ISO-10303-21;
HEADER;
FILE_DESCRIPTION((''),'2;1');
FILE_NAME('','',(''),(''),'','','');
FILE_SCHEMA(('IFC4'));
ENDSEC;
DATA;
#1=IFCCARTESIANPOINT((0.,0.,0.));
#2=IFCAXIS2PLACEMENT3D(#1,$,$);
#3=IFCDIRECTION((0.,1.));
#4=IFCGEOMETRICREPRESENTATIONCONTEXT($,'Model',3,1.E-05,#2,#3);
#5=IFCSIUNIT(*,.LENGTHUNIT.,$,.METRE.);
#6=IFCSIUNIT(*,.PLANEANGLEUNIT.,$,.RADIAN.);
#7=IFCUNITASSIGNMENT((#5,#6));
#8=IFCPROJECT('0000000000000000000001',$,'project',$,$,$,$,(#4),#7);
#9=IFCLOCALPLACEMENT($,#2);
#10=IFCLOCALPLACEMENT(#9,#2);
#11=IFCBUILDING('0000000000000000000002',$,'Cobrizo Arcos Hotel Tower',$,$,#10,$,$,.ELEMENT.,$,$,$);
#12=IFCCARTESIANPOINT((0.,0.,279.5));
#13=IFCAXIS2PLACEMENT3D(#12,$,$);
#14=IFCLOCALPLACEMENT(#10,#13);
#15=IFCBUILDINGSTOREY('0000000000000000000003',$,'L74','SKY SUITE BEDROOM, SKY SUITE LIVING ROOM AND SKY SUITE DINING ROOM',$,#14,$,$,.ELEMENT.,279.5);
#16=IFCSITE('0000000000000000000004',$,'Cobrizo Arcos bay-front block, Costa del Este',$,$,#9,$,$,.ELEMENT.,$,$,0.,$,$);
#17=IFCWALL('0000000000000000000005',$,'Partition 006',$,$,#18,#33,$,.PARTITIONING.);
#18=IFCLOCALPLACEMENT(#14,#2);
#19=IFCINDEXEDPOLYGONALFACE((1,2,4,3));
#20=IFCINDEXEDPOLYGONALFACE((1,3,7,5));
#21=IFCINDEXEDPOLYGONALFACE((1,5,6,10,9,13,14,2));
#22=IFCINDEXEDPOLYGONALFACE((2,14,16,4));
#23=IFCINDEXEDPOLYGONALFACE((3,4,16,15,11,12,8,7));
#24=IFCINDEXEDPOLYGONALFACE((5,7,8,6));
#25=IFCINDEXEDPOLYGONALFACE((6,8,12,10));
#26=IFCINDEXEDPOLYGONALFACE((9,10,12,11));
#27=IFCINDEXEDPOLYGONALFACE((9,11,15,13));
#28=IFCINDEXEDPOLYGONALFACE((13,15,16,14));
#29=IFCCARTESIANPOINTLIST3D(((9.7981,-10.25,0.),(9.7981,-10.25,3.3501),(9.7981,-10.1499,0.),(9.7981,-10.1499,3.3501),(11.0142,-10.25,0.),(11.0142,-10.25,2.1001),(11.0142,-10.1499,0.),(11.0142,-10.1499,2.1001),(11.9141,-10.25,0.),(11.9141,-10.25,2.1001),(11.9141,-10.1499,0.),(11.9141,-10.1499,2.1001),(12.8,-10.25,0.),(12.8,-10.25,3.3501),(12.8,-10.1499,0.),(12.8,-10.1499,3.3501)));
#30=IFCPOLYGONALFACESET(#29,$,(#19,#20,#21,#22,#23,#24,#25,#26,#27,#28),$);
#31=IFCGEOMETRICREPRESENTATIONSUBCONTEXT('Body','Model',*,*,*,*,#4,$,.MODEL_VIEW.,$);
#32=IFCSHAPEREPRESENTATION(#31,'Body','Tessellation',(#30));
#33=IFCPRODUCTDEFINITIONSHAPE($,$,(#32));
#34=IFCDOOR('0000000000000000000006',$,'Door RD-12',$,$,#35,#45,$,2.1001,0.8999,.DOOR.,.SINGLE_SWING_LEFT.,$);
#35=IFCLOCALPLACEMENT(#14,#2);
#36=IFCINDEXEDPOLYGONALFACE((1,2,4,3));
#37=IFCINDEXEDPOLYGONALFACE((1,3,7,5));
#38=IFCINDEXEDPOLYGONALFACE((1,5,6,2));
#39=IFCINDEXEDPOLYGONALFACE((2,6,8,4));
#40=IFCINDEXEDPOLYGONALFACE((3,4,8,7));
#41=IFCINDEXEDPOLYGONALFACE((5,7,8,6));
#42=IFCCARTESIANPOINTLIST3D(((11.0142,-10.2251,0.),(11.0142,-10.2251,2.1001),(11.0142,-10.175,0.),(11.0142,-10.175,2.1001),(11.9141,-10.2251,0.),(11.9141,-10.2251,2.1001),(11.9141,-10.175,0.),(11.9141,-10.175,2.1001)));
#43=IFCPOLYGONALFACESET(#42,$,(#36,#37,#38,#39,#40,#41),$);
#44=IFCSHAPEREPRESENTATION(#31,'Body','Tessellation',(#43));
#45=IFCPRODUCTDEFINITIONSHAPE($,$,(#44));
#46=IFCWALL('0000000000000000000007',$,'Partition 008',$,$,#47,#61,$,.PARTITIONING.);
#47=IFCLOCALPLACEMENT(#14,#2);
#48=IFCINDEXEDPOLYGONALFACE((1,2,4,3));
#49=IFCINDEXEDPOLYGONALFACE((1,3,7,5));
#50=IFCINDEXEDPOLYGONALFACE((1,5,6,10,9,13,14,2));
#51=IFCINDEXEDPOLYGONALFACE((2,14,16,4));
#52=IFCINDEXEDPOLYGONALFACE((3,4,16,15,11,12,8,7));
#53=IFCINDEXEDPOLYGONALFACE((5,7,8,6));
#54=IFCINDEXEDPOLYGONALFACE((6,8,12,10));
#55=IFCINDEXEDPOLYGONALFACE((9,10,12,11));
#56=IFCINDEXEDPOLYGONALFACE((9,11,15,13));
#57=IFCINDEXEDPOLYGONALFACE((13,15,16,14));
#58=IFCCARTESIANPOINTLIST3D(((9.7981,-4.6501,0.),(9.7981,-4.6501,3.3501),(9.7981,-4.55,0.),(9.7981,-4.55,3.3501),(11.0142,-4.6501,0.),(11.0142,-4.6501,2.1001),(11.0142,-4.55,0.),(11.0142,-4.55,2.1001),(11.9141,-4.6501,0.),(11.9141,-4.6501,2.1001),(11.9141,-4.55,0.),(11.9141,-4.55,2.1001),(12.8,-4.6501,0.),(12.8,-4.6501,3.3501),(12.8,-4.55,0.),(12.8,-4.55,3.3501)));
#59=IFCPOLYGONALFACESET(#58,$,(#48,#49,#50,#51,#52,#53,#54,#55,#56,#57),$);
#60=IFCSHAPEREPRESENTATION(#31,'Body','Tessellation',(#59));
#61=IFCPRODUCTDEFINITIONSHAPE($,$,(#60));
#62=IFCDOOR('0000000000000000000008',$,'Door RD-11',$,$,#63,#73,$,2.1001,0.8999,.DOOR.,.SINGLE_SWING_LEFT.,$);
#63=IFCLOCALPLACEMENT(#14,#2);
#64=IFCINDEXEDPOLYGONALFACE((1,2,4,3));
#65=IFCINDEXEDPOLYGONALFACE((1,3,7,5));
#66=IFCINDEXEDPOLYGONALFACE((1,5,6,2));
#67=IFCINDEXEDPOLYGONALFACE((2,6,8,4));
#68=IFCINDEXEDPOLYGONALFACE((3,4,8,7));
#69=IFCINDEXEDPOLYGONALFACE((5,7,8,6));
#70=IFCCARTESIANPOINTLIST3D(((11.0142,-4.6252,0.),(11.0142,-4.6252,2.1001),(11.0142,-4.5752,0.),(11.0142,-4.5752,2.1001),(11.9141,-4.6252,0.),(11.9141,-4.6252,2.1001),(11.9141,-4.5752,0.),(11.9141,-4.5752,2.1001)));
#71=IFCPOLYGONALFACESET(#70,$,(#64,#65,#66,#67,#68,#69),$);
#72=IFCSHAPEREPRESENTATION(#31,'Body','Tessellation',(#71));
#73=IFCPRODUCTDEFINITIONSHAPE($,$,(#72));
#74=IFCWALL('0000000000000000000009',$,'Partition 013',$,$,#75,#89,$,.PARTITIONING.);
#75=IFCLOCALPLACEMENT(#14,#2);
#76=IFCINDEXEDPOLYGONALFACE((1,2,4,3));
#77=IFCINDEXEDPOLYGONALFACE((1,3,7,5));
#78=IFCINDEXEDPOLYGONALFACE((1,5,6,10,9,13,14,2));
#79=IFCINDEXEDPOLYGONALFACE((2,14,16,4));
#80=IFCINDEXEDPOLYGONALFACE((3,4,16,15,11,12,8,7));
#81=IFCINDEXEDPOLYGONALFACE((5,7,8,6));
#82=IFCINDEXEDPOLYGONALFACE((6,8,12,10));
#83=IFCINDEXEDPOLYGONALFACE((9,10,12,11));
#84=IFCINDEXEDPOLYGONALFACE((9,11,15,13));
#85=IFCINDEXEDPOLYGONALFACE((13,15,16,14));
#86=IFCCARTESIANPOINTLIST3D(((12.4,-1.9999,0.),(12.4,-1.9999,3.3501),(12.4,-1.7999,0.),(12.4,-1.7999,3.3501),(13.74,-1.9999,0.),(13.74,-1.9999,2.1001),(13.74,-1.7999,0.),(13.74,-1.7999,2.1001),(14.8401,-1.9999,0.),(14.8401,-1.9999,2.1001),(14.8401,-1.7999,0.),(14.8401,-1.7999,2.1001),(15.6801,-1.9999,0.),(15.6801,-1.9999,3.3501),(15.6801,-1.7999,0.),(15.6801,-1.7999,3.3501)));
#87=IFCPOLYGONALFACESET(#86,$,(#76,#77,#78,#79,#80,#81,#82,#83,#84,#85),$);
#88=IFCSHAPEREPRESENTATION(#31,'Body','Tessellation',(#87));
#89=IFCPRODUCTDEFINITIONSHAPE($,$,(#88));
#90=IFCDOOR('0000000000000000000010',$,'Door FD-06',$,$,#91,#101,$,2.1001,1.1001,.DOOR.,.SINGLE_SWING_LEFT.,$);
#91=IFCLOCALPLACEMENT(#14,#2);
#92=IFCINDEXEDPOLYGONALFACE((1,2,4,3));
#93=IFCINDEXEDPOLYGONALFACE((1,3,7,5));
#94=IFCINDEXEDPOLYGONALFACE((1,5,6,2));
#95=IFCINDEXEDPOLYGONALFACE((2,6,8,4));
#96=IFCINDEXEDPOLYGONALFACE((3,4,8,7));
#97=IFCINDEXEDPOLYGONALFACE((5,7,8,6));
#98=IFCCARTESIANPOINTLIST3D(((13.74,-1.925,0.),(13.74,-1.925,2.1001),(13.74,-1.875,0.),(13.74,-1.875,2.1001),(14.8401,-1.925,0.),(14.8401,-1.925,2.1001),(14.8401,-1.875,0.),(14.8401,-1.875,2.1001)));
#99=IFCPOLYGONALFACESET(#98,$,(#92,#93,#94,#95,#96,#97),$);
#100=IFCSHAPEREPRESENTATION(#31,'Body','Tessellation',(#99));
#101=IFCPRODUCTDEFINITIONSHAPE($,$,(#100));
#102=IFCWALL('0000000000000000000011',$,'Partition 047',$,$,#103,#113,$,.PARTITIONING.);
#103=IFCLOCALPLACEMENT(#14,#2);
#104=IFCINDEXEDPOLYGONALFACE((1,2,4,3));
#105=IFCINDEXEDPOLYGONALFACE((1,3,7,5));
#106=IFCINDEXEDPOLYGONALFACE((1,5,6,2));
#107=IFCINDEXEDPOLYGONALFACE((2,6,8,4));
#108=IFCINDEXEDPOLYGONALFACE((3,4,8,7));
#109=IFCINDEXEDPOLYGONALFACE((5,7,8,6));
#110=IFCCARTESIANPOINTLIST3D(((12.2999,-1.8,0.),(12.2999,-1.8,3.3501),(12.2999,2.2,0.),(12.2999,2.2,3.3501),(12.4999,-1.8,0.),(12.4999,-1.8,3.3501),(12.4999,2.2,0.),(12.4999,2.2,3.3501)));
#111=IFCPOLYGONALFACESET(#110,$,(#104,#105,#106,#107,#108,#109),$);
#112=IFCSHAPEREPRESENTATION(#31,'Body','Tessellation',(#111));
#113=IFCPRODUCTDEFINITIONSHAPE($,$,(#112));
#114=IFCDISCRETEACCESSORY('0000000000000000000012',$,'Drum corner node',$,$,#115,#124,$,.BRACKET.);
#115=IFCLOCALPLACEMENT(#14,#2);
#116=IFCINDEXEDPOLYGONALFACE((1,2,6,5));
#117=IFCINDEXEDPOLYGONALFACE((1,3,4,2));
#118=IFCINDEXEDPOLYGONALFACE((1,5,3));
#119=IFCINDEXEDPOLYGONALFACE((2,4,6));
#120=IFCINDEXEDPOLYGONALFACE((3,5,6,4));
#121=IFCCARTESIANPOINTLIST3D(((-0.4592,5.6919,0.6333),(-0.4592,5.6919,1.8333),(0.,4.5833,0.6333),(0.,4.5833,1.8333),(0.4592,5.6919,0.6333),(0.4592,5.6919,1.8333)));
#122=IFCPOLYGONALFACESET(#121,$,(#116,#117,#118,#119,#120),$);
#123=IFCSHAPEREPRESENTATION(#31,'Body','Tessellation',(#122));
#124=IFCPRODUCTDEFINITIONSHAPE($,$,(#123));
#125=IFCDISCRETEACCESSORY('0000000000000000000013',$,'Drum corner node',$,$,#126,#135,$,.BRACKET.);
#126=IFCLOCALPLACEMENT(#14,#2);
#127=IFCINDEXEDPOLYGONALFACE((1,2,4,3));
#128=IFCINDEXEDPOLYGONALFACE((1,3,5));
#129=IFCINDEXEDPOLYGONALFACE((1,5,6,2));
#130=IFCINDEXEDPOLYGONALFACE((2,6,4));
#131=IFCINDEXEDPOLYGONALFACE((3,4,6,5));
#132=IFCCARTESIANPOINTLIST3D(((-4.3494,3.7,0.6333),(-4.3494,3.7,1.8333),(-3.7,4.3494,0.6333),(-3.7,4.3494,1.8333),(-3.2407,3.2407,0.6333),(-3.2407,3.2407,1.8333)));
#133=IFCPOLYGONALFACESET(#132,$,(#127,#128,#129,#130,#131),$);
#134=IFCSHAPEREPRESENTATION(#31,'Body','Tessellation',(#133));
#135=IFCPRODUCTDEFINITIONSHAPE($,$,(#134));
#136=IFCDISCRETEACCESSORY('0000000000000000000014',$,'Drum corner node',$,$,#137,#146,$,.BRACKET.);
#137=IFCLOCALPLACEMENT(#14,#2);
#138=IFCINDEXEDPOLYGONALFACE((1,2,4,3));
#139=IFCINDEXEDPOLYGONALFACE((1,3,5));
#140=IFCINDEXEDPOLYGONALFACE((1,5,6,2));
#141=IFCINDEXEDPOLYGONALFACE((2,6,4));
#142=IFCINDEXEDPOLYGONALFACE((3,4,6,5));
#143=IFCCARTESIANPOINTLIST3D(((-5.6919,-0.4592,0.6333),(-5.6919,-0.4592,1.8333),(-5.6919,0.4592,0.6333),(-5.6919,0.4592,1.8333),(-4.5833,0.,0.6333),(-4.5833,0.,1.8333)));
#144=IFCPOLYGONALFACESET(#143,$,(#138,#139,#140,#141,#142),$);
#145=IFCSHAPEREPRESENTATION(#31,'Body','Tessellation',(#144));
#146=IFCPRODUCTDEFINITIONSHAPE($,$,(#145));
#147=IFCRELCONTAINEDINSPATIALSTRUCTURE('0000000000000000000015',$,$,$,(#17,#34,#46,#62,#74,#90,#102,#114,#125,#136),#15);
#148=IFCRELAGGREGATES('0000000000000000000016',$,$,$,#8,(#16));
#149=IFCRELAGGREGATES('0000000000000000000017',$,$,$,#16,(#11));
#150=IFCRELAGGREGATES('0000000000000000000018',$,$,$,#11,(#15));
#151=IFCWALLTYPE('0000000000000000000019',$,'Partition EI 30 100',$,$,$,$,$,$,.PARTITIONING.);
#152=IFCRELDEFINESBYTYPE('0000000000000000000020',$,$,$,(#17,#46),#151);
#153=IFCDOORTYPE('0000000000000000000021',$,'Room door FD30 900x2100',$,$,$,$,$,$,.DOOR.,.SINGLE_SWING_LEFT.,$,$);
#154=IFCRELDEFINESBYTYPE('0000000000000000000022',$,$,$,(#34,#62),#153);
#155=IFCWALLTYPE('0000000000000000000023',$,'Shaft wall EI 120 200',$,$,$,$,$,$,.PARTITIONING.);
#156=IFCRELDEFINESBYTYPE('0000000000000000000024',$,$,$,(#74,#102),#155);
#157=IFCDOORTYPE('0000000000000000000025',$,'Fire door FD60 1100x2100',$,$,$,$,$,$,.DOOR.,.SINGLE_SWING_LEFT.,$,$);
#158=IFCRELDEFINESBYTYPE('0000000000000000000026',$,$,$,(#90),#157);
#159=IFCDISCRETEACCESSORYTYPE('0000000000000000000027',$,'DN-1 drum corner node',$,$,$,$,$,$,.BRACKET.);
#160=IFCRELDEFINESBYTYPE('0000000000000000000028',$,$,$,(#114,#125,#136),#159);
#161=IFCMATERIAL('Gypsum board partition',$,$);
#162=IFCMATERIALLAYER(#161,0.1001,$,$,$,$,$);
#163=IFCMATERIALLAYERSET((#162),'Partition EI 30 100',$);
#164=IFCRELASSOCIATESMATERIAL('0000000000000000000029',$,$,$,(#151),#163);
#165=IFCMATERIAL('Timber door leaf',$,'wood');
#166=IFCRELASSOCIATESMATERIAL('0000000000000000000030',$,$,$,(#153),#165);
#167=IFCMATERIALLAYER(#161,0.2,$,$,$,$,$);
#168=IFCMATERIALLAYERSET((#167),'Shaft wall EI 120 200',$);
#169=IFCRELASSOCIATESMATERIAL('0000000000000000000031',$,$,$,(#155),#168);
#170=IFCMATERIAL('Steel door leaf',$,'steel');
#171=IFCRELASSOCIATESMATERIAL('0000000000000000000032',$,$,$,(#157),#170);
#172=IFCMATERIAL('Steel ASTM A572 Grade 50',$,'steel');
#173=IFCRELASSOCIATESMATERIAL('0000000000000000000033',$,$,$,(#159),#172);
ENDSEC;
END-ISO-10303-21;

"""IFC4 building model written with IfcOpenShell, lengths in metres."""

from ifc_helpers import new_model, si_unit, direction, frame, frame_2d, origin, place, context, subcontext, project, spatial, polyline, rectangle, outline, extrude, material, layer, layer_set, type_object, element, fill, save


model = new_model("IFC4")

# Units and contexts
model_context = context("Model", 3, precision=1e-05, world=origin(), true_north=direction((0.0, 1.0)))
body_context = subcontext(model_context, "Body", "Model", "MODEL_VIEW")
ifc_project = project(units=[si_unit("LENGTHUNIT", "METRE"), si_unit("PLANEANGLEUNIT", "RADIAN")], contexts=[model_context])

# Site, building, storey
site_placement = place(None, origin())
site = spatial("IfcSite", under=ifc_project, at=site_placement, Name="Cobrizo Arcos bay-front block, Costa del Este", CompositionType="ELEMENT", RefElevation=0.0)
building_placement = place(site_placement, origin())
building = spatial("IfcBuilding", under=site, at=building_placement, Name="Cobrizo Arcos Hotel Tower", CompositionType="ELEMENT")
storey_placement = place(building_placement, frame((0.0, 0.0, 279.5)))
storey = spatial("IfcBuildingStorey", under=building, at=storey_placement, Name="L74", Description="SKY SUITE BEDROOM, SKY SUITE LIVING ROOM AND SKY SUITE DINING ROOM", CompositionType="ELEMENT", Elevation=279.5)

# Shared definitions
ifc_material_1 = material(Name="Steel ASTM A572 Grade 50", Category="steel")

# Walls, openings, doors
ifc_material_2 = material(Name="Gypsum board partition")
ifc_layer_1 = layer(ifc_material_2, 0.1001)
ifc_layer_set_1 = layer_set([ifc_layer_1], Name="Partition EI 30 100")
wall_type_1 = type_object("IfcWallType", Name="Partition EI 30 100", PredefinedType="PARTITIONING", material=ifc_layer_set_1)
wall_1_placement = place(storey_placement, frame((9.7981, -10.2, 0.0), z_axis=(0.0, 0.0, 1.0), x_axis=(1.0, 0.0, 0.0)))
wall_1 = element("IfcWall", 1, at=wall_1_placement, inside=storey, type_object=wall_type_1, Name="Partition 006", PredefinedType="PARTITIONING", context=body_context, shape_type="SweptSolid", body=[
    extrude(rectangle(XDim=3.002, YDim=0.1001, at=frame_2d((1.501, 0.0))), origin(), (0.0, 0.0, 1.0), 3.3501),
])
opening_1_placement = place(wall_1_placement, frame((1.2161, 0.0, 0.0)))
opening_1 = element("IfcOpeningElement", 2, at=opening_1_placement, cuts=wall_1, PredefinedType="OPENING", context=body_context, shape_type="SweptSolid", body=[
    extrude(rectangle(XDim=0.8999, YDim=2.1001, at=frame_2d((0.45, 1.05))), frame((0.0, 0.062, 0.0), z_axis=(0.0, -1.0, 0.0), x_axis=(1.0, 0.0, 0.0)), (0.0, 0.0, 1.0), 0.124),
])
ifc_material_3 = material(Name="Timber door leaf", Category="wood")
door_type_1 = type_object("IfcDoorType", Name="Room door FD30 900x2100", OperationType="SINGLE_SWING_LEFT", PredefinedType="DOOR", material=ifc_material_3)
door_1_placement = place(opening_1_placement, origin())
door_1 = element("IfcDoor", 3, at=door_1_placement, inside=storey, type_object=door_type_1, Name="Door RD-12", OperationType="SINGLE_SWING_LEFT", OverallHeight=2.1001, OverallWidth=0.8999, PredefinedType="DOOR", context=body_context, shape_type="SweptSolid", body=[
    extrude(rectangle(XDim=0.8999, YDim=2.1001, at=frame_2d((0.45, 1.05))), frame((0.0, 0.0249, 0.0), z_axis=(0.0, -1.0, 0.0), x_axis=(1.0, 0.0, 0.0)), (0.0, 0.0, 1.0), 0.05),
])
fill(opening_1, door_1)
wall_2_placement = place(storey_placement, frame((9.7981, -4.6001, 0.0), z_axis=(0.0, 0.0, 1.0), x_axis=(1.0, 0.0, 0.0)))
wall_2 = element("IfcWall", 4, at=wall_2_placement, inside=storey, type_object=wall_type_1, Name="Partition 008", PredefinedType="PARTITIONING", context=body_context, shape_type="SweptSolid", body=[
    extrude(rectangle(XDim=3.002, YDim=0.1001, at=frame_2d((1.501, 0.0))), origin(), (0.0, 0.0, 1.0), 3.3501),
])
opening_2_placement = place(wall_2_placement, frame((1.2161, 0.0, 0.0)))
opening_2 = element("IfcOpeningElement", 5, at=opening_2_placement, cuts=wall_2, PredefinedType="OPENING", context=body_context, shape_type="SweptSolid", body=[
    extrude(rectangle(XDim=0.8999, YDim=2.1001, at=frame_2d((0.45, 1.05))), frame((0.0, 0.062, 0.0), z_axis=(0.0, -1.0, 0.0), x_axis=(1.0, 0.0, 0.0)), (0.0, 0.0, 1.0), 0.124),
])
door_2_placement = place(opening_2_placement, origin())
door_2 = element("IfcDoor", 6, at=door_2_placement, inside=storey, type_object=door_type_1, Name="Door RD-11", OperationType="SINGLE_SWING_LEFT", OverallHeight=2.1001, OverallWidth=0.8999, PredefinedType="DOOR", context=body_context, shape_type="SweptSolid", body=[
    extrude(rectangle(XDim=0.8999, YDim=2.1001, at=frame_2d((0.45, 1.05))), frame((0.0, 0.0249, 0.0), z_axis=(0.0, -1.0, 0.0), x_axis=(1.0, 0.0, 0.0)), (0.0, 0.0, 1.0), 0.05),
])
fill(opening_2, door_2)
ifc_layer_2 = layer(ifc_material_2, 0.2)
ifc_layer_set_2 = layer_set([ifc_layer_2], Name="Shaft wall EI 120 200")
wall_type_2 = type_object("IfcWallType", Name="Shaft wall EI 120 200", PredefinedType="PARTITIONING", material=ifc_layer_set_2)
wall_3_placement = place(storey_placement, frame((12.3999, -1.8999, 0.0), z_axis=(0.0, 0.0, 1.0), x_axis=(1.0, 0.0, 0.0)))
wall_3 = element("IfcWall", 7, at=wall_3_placement, inside=storey, type_object=wall_type_2, Name="Partition 013", PredefinedType="PARTITIONING", context=body_context, shape_type="SweptSolid", body=[
    extrude(rectangle(XDim=3.28, YDim=0.2, at=frame_2d((1.6401, 0.0))), origin(), (0.0, 0.0, 1.0), 3.3501),
])
opening_3_placement = place(wall_3_placement, frame((1.3401, 0.0, 0.0)))
opening_3 = element("IfcOpeningElement", 8, at=opening_3_placement, cuts=wall_3, PredefinedType="OPENING", context=body_context, shape_type="SweptSolid", body=[
    extrude(rectangle(XDim=1.1001, YDim=2.1001, at=frame_2d((0.55, 1.05))), frame((0.0, 0.1121, 0.0), z_axis=(0.0, -1.0, 0.0), x_axis=(1.0, 0.0, 0.0)), (0.0, 0.0, 1.0), 0.2239),
])
ifc_material_4 = material(Name="Steel door leaf", Category="steel")
door_type_2 = type_object("IfcDoorType", Name="Fire door FD60 1100x2100", OperationType="SINGLE_SWING_LEFT", PredefinedType="DOOR", material=ifc_material_4)
door_3_placement = place(opening_3_placement, origin())
door_3 = element("IfcDoor", 9, at=door_3_placement, inside=storey, type_object=door_type_2, Name="Door FD-06", OperationType="SINGLE_SWING_LEFT", OverallHeight=2.1001, OverallWidth=1.1001, PredefinedType="DOOR", context=body_context, shape_type="SweptSolid", body=[
    extrude(rectangle(XDim=1.1001, YDim=2.1001, at=frame_2d((0.55, 1.05))), frame((0.0, 0.0249, 0.0), z_axis=(0.0, -1.0, 0.0), x_axis=(1.0, 0.0, 0.0)), (0.0, 0.0, 1.0), 0.05),
])
fill(opening_3, door_3)

# Wall
wall_4_placement = place(storey_placement, frame((12.3999, -1.8, 0.0), z_axis=(0.0, 0.0, 1.0), x_axis=(0.0, 1.0, 0.0)))
element("IfcWall", 10, at=wall_4_placement, inside=storey, type_object=wall_type_2, Name="Partition 047", PredefinedType="PARTITIONING", context=body_context, shape_type="SweptSolid", body=[
    extrude(rectangle(XDim=4.0, YDim=0.2, at=frame_2d((2.0, 0.0))), origin(), (0.0, 0.0, 1.0), 3.3501),
])

# Discrete accessories
discrete_accessory_type = type_object("IfcDiscreteAccessoryType", Name="DN-1 drum corner node", PredefinedType="BRACKET", material=ifc_material_1)
discrete_accessory_1_placement = place(storey_placement, frame((0.0, 0.0, 0.6333)))
element("IfcDiscreteAccessory", 11, at=discrete_accessory_1_placement, inside=storey, type_object=discrete_accessory_type, Name="Drum corner node", PredefinedType="BRACKET", context=body_context, shape_type="SweptSolid", body=[
    extrude(outline(polyline([(0.0, 4.5833), (-0.4592, 5.6919), (0.4592, 5.6919), (0.0, 4.5833), (0.0, 4.5833)])), origin(), (0.0, 0.0, 1.0), 1.2),
])
discrete_accessory_2_placement = place(storey_placement, frame((0.0, 0.0, 0.6333)))
element("IfcDiscreteAccessory", 12, at=discrete_accessory_2_placement, inside=storey, type_object=discrete_accessory_type, Name="Drum corner node", PredefinedType="BRACKET", context=body_context, shape_type="SweptSolid", body=[
    extrude(outline(polyline([(-3.2407, 3.2407), (-4.3494, 3.7), (-3.7, 4.3494), (-3.2407, 3.2407), (-3.2407, 3.2407)])), origin(), (0.0, 0.0, 1.0), 1.2),
])
discrete_accessory_3_placement = place(storey_placement, frame((0.0, 0.0, 0.6333)))
element("IfcDiscreteAccessory", 13, at=discrete_accessory_3_placement, inside=storey, type_object=discrete_accessory_type, Name="Drum corner node", PredefinedType="BRACKET", context=body_context, shape_type="SweptSolid", body=[
    extrude(outline(polyline([(-5.6919, -0.4592), (-5.6919, 0.4592), (-4.5833, 0.0), (-4.5833, 0.0), (-5.6919, -0.4592)])), origin(), (0.0, 0.0, 1.0), 1.2),
])

save(model, "model.ifc")
